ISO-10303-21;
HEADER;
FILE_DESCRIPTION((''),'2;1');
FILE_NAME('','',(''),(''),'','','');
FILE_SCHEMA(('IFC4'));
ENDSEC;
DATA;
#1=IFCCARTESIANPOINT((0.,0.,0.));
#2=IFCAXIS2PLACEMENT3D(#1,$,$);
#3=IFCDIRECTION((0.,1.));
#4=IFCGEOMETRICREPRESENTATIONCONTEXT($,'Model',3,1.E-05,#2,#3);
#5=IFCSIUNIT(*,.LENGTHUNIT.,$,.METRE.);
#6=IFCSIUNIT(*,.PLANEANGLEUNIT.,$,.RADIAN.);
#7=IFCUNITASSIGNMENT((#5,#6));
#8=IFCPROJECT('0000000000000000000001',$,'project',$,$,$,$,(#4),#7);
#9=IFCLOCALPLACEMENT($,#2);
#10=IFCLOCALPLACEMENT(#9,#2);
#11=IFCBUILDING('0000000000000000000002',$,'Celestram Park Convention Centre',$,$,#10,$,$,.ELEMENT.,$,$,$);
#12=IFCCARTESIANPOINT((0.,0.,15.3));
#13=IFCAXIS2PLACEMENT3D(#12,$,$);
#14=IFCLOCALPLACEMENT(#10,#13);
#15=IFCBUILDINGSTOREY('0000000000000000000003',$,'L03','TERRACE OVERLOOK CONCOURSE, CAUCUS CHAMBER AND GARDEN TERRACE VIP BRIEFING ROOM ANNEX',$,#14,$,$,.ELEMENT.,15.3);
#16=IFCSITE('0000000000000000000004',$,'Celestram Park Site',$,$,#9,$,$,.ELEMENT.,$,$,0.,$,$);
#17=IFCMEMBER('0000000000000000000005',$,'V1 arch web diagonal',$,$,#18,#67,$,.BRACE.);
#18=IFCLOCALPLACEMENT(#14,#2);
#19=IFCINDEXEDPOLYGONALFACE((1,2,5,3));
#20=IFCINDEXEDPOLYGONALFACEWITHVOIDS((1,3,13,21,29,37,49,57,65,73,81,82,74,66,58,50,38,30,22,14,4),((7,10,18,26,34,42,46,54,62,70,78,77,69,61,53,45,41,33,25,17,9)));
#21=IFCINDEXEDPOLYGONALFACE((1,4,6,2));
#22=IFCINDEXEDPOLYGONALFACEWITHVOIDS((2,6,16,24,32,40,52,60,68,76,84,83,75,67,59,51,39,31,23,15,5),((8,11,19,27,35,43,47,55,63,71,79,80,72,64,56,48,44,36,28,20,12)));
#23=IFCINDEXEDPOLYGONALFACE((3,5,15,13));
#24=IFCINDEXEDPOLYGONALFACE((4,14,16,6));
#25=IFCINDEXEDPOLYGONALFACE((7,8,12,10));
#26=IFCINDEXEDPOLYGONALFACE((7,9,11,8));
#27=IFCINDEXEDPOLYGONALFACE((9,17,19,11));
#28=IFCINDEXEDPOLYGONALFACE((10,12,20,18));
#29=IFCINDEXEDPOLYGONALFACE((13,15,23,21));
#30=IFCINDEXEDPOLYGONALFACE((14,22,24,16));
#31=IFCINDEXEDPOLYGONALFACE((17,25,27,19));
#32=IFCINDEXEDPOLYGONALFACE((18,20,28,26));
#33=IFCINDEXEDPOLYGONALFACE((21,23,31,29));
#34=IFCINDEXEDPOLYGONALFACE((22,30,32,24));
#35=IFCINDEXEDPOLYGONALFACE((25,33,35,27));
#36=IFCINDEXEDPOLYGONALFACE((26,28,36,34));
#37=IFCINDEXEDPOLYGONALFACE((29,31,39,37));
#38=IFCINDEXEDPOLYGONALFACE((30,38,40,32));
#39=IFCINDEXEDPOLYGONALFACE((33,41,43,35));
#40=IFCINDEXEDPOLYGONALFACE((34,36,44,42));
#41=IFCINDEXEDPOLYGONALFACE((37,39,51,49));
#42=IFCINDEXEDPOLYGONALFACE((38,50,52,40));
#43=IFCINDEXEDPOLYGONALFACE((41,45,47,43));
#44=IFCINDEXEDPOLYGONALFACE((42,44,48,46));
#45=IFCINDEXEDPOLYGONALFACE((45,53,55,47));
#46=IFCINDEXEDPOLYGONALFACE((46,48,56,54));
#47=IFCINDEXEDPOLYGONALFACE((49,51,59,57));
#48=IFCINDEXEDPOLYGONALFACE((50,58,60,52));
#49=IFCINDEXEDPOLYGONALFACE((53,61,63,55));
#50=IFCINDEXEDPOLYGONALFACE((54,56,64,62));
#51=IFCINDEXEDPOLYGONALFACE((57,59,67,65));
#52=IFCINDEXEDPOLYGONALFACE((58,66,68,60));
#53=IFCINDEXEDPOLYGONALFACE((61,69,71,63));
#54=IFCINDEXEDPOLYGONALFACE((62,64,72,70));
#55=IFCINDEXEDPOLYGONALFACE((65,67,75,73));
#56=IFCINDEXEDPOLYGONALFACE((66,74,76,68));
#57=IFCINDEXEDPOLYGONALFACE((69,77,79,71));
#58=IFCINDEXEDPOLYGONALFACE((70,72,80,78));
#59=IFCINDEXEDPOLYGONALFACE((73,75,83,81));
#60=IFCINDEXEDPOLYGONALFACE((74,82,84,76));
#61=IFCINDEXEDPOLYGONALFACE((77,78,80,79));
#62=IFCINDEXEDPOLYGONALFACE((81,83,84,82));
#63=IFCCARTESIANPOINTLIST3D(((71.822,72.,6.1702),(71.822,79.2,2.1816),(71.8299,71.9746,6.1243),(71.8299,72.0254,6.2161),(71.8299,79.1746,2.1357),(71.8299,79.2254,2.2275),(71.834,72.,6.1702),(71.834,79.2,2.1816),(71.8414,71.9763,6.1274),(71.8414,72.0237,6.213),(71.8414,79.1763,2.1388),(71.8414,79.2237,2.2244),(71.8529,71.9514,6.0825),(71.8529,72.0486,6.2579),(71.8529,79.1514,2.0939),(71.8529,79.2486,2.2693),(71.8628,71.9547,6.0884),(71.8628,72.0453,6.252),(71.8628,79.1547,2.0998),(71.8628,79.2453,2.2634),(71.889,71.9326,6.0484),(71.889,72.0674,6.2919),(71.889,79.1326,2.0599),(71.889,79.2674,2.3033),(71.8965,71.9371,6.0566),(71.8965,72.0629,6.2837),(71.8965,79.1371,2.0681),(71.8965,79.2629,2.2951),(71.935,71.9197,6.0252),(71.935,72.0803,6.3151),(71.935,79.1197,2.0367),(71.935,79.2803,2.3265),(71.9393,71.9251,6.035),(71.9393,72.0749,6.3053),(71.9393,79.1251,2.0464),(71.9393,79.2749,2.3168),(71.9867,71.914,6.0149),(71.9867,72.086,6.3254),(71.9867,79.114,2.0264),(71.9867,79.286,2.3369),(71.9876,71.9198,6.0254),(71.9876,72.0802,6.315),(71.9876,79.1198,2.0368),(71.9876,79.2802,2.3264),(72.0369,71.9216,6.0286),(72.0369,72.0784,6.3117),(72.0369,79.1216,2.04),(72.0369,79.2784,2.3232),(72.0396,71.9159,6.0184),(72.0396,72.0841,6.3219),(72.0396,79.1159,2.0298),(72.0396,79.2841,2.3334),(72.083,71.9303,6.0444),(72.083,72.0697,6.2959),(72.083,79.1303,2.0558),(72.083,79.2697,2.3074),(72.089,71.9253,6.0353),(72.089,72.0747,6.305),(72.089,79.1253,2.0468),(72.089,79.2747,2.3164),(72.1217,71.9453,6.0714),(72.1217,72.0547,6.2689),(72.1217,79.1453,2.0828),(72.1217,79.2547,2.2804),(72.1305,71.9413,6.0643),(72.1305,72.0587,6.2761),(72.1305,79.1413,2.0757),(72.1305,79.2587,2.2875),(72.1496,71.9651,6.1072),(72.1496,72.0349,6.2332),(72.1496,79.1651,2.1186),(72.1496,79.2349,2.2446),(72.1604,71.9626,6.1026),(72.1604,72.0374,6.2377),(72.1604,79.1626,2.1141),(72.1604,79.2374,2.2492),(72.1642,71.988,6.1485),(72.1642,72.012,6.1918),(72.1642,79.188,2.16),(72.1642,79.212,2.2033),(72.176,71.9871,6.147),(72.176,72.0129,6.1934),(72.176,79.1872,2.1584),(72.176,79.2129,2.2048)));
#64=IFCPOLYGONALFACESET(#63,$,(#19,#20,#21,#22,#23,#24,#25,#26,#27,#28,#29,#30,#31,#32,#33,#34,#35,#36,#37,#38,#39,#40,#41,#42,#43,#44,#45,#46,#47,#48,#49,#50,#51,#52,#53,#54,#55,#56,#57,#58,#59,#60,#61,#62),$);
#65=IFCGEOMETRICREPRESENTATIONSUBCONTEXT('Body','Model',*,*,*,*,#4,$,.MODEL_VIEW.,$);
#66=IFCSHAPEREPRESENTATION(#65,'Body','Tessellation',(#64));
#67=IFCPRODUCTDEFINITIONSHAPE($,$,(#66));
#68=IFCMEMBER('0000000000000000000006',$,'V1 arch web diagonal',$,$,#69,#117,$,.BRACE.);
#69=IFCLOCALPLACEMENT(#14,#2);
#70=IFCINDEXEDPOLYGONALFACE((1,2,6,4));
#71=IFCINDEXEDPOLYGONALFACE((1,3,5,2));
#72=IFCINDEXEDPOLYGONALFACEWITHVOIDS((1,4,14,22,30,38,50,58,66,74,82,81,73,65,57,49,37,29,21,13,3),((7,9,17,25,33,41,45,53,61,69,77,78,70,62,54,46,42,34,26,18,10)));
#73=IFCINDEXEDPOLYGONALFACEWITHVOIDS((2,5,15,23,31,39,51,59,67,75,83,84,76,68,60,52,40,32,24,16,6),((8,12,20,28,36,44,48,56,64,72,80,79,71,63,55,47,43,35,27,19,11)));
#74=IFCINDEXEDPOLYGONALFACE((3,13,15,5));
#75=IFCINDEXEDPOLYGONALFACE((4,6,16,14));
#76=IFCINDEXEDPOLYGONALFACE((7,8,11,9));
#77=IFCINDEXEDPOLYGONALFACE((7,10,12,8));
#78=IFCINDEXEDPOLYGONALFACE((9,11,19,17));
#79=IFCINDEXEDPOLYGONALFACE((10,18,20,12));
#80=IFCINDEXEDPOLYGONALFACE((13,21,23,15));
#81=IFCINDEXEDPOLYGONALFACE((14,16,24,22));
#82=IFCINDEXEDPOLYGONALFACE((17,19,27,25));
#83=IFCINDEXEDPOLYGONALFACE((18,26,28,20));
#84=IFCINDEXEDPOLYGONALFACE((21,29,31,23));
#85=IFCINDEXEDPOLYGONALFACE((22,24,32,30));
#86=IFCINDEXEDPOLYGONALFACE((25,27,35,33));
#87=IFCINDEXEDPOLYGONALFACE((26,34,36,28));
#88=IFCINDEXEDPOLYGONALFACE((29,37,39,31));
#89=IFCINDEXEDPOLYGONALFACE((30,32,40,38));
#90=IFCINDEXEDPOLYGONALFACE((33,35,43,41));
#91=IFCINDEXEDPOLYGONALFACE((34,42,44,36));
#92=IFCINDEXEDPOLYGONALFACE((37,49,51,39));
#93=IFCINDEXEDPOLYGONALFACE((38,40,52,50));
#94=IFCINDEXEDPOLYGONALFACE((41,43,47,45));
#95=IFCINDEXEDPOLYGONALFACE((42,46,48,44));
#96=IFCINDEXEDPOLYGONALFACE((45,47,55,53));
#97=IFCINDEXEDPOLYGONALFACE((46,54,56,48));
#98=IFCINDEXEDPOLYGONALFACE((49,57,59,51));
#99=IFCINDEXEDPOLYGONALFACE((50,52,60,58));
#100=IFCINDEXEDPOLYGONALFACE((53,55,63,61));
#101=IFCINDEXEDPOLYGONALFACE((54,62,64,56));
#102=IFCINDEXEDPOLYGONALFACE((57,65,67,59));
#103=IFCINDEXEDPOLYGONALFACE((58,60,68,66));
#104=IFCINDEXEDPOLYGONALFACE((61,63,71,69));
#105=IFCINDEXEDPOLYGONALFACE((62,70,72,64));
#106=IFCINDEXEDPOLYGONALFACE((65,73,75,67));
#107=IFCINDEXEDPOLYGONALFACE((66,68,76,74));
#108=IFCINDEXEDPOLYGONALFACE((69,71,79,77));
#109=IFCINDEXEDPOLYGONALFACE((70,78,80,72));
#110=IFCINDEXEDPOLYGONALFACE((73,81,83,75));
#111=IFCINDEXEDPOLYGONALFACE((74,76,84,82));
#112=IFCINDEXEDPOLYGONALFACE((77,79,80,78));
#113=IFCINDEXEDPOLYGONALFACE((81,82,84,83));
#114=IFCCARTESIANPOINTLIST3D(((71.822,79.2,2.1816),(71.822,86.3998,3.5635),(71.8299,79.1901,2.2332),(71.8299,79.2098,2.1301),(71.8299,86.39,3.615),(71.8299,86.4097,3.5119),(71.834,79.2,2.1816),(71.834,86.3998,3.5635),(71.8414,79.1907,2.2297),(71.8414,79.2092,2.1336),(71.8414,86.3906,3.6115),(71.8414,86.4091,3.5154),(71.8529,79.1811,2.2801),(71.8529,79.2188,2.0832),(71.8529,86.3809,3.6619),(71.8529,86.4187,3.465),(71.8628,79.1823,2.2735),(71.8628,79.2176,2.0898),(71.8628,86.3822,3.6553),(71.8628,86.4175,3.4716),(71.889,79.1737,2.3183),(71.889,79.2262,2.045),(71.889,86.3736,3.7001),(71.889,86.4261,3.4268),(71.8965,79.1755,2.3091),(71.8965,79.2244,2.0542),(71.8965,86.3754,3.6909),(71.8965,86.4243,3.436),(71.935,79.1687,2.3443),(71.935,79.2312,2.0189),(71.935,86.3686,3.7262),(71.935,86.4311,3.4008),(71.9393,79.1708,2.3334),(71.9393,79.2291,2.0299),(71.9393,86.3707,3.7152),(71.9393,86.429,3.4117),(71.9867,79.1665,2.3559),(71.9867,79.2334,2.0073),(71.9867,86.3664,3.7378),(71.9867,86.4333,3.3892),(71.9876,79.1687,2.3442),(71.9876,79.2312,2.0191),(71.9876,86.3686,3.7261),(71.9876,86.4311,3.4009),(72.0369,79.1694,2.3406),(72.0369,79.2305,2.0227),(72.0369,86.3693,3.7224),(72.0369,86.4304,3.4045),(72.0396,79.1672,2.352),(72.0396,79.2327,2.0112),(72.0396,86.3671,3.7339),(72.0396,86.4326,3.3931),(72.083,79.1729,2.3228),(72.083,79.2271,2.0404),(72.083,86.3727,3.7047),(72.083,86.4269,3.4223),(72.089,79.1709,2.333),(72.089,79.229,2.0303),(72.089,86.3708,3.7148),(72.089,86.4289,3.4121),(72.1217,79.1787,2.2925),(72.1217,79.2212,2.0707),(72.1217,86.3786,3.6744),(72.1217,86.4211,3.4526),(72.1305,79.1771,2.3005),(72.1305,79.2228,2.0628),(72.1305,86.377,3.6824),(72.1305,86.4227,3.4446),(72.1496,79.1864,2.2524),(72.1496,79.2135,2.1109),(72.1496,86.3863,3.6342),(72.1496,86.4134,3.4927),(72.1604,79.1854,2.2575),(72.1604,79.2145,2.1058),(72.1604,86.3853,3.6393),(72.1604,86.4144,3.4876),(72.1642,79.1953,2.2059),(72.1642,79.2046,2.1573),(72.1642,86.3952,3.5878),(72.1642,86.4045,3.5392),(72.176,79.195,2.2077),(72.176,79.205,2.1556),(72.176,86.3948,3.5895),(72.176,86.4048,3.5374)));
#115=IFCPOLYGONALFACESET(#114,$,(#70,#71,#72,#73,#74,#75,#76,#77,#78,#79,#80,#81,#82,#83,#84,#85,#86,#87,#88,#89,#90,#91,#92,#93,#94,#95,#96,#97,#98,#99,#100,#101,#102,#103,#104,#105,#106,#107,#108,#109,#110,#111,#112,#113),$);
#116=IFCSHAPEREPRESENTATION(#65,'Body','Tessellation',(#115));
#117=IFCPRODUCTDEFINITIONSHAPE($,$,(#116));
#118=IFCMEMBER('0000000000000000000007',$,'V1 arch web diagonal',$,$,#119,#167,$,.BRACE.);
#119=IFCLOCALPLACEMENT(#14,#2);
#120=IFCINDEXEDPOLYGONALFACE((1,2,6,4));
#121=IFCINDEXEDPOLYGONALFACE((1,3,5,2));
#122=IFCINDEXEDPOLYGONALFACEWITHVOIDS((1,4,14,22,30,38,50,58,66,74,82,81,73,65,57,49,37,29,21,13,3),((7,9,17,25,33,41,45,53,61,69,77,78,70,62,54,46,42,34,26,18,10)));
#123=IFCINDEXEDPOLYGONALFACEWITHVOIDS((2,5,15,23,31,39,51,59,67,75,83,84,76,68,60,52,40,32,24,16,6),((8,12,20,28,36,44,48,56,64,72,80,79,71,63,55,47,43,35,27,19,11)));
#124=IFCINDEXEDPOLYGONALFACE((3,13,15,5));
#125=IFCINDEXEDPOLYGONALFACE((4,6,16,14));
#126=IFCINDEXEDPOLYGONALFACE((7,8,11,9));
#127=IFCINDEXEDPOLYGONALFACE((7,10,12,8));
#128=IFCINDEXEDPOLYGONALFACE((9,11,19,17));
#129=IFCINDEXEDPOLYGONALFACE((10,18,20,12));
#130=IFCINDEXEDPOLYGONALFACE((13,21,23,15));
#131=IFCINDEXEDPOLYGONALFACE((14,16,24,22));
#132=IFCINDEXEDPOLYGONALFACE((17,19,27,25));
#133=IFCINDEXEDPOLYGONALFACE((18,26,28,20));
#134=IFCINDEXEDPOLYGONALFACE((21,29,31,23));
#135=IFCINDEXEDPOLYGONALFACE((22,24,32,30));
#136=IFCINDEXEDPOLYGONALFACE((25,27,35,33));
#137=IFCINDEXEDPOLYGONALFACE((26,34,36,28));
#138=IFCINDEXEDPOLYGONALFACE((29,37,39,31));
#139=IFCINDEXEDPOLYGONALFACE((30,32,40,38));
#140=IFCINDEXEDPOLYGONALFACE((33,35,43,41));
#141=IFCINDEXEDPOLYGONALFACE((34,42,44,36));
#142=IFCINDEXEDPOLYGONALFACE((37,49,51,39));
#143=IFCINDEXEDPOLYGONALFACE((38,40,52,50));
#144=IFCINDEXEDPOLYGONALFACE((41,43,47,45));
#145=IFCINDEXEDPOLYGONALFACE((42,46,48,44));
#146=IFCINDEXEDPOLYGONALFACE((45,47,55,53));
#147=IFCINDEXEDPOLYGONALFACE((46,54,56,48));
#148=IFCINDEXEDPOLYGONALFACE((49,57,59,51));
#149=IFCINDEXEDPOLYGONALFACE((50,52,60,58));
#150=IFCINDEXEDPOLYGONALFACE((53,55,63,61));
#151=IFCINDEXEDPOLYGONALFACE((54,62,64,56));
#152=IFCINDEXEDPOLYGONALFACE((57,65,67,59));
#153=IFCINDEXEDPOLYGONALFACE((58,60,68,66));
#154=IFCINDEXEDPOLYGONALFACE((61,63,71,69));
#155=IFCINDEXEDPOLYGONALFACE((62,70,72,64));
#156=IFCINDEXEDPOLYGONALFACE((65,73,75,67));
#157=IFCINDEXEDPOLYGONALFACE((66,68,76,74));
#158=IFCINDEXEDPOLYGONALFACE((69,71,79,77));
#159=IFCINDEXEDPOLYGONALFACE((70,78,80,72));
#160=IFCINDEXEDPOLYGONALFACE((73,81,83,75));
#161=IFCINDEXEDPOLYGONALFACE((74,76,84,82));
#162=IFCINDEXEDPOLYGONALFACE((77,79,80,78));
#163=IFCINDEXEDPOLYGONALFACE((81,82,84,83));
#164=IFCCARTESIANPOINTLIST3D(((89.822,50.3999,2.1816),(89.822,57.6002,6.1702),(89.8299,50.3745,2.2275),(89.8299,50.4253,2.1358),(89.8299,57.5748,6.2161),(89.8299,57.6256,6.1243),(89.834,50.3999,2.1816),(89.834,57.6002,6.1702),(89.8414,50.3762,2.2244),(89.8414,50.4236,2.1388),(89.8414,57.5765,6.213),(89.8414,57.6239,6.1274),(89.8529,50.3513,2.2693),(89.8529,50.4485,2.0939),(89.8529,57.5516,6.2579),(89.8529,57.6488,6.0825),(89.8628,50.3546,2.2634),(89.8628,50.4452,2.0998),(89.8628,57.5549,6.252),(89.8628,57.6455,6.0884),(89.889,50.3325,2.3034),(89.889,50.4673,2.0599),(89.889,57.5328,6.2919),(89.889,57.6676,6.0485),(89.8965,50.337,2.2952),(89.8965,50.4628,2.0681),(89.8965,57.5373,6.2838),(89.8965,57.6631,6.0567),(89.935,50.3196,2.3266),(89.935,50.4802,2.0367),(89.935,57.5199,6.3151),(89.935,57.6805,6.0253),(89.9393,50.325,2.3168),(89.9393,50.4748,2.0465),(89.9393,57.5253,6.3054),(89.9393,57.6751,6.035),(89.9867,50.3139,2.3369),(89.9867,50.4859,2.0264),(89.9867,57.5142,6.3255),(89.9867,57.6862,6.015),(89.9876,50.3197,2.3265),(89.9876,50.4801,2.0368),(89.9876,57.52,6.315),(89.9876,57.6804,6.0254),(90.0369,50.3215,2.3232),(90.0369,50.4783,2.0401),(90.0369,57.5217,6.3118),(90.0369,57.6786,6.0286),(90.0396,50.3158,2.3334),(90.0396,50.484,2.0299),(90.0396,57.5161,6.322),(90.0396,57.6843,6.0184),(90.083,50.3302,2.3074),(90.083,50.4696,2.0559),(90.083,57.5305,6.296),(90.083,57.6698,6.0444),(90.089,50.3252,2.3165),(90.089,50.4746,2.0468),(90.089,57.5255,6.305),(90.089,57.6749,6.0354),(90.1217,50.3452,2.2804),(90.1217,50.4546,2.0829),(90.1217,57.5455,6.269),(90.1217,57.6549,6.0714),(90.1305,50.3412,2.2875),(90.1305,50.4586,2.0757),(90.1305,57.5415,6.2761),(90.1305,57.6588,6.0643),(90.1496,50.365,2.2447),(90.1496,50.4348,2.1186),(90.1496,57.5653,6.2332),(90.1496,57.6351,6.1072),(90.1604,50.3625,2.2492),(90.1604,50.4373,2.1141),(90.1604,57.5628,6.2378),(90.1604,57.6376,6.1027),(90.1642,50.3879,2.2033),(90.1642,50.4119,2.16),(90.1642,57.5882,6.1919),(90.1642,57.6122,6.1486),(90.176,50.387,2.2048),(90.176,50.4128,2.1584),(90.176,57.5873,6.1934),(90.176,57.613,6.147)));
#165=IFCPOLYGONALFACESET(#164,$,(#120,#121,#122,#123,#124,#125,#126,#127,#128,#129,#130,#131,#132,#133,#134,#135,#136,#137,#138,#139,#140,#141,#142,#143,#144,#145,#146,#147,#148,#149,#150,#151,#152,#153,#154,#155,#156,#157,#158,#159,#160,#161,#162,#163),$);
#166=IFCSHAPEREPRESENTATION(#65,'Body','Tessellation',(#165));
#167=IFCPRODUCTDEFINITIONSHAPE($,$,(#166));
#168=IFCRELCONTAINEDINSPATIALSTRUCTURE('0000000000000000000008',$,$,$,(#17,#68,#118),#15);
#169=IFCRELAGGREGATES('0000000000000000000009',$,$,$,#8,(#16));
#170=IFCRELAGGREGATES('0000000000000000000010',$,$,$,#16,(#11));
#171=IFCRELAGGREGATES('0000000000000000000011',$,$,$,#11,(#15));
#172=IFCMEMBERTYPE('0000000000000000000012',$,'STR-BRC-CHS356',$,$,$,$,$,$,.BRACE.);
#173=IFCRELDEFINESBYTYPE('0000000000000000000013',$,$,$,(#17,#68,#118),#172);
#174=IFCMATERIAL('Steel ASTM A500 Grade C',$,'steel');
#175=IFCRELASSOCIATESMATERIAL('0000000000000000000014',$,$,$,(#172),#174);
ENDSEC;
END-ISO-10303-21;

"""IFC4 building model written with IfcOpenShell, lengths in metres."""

from ifc_helpers import new_model, si_unit, direction, frame, origin, origin_2d, place, context, subcontext, project, spatial, hollow_circle, extrude, material, material_profile, profile_set, type_object, element, save


model = new_model("IFC4")

# Units and contexts
model_context = context("Model", 3, precision=1e-05, world=origin(), true_north=direction((0.0, 1.0)))
body_context = subcontext(model_context, "Body", "Model", "MODEL_VIEW")
ifc_project = project(units=[si_unit("LENGTHUNIT", "METRE"), si_unit("PLANEANGLEUNIT", "RADIAN")], contexts=[model_context])

# Site, building, storey
site_placement = place(None, origin())
site = spatial("IfcSite", under=ifc_project, at=site_placement, Name="Celestram Park Site", CompositionType="ELEMENT", RefElevation=0.0)
building_placement = place(site_placement, origin())
building = spatial("IfcBuilding", under=site, at=building_placement, Name="Celestram Park Convention Centre", CompositionType="ELEMENT")
storey_placement = place(building_placement, frame((0.0, 0.0, 15.3)))
storey = spatial("IfcBuildingStorey", under=building, at=storey_placement, Name="L03", Description="TERRACE OVERLOOK CONCOURSE, CAUCUS CHAMBER AND GARDEN TERRACE VIP BRIEFING ROOM ANNEX", CompositionType="ELEMENT", Elevation=15.3)

# Members
ifc_material_1 = material(Name="Steel ASTM A500 Grade C", Category="steel")
ifc_material_profile_1 = material_profile(ifc_material_1, hollow_circle(Radius=0.178, WallThickness=0.012, at=origin_2d()), Name="CHS356X12")
ifc_profile_set_1 = profile_set([ifc_material_profile_1], Name="Steel ASTM A500 Grade C")
member_type_1 = type_object("IfcMemberType", Name="STR-BRC-CHS356", PredefinedType="BRACE", material=ifc_profile_set_1)
member_1_placement = place(storey_placement, frame((72.0, 72.0, 6.1702), z_axis=(0.0, 0.874747, -0.48458), x_axis=(-1.0, 0.0, 0.0)))
element("IfcMember", 1, at=member_1_placement, inside=storey, type_object=member_type_1, Name="V1 arch web diagonal", PredefinedType="BRACE", context=body_context, shape_type="SweptSolid", body=[
    extrude(hollow_circle(Radius=0.178, WallThickness=0.012, at=origin_2d()), origin(), (0.0, 0.0, 1.0), 8.231),
])
member_2_placement = place(storey_placement, frame((72.0, 79.2, 2.1816), z_axis=(0.0, 0.982076, 0.188483), x_axis=(-1.0, 0.0, 0.0)))
element("IfcMember", 2, at=member_2_placement, inside=storey, type_object=member_type_1, Name="V1 arch web diagonal", PredefinedType="BRACE", context=body_context, shape_type="SweptSolid", body=[
    extrude(hollow_circle(Radius=0.178, WallThickness=0.012, at=origin_2d()), origin(), (0.0, 0.0, 1.0), 7.3313),
])
member_3_placement = place(storey_placement, frame((90.0, 50.3999, 2.1816), z_axis=(0.0, 0.874754, 0.484567), x_axis=(-1.0, 0.0, 0.0)))
element("IfcMember", 3, at=member_3_placement, inside=storey, type_object=member_type_1, Name="V1 arch web diagonal", PredefinedType="BRACE", context=body_context, shape_type="SweptSolid", body=[
    extrude(hollow_circle(Radius=0.178, WallThickness=0.012, at=origin_2d()), origin(), (0.0, 0.0, 1.0), 8.2312),
])

save(model, "model.ifc")
